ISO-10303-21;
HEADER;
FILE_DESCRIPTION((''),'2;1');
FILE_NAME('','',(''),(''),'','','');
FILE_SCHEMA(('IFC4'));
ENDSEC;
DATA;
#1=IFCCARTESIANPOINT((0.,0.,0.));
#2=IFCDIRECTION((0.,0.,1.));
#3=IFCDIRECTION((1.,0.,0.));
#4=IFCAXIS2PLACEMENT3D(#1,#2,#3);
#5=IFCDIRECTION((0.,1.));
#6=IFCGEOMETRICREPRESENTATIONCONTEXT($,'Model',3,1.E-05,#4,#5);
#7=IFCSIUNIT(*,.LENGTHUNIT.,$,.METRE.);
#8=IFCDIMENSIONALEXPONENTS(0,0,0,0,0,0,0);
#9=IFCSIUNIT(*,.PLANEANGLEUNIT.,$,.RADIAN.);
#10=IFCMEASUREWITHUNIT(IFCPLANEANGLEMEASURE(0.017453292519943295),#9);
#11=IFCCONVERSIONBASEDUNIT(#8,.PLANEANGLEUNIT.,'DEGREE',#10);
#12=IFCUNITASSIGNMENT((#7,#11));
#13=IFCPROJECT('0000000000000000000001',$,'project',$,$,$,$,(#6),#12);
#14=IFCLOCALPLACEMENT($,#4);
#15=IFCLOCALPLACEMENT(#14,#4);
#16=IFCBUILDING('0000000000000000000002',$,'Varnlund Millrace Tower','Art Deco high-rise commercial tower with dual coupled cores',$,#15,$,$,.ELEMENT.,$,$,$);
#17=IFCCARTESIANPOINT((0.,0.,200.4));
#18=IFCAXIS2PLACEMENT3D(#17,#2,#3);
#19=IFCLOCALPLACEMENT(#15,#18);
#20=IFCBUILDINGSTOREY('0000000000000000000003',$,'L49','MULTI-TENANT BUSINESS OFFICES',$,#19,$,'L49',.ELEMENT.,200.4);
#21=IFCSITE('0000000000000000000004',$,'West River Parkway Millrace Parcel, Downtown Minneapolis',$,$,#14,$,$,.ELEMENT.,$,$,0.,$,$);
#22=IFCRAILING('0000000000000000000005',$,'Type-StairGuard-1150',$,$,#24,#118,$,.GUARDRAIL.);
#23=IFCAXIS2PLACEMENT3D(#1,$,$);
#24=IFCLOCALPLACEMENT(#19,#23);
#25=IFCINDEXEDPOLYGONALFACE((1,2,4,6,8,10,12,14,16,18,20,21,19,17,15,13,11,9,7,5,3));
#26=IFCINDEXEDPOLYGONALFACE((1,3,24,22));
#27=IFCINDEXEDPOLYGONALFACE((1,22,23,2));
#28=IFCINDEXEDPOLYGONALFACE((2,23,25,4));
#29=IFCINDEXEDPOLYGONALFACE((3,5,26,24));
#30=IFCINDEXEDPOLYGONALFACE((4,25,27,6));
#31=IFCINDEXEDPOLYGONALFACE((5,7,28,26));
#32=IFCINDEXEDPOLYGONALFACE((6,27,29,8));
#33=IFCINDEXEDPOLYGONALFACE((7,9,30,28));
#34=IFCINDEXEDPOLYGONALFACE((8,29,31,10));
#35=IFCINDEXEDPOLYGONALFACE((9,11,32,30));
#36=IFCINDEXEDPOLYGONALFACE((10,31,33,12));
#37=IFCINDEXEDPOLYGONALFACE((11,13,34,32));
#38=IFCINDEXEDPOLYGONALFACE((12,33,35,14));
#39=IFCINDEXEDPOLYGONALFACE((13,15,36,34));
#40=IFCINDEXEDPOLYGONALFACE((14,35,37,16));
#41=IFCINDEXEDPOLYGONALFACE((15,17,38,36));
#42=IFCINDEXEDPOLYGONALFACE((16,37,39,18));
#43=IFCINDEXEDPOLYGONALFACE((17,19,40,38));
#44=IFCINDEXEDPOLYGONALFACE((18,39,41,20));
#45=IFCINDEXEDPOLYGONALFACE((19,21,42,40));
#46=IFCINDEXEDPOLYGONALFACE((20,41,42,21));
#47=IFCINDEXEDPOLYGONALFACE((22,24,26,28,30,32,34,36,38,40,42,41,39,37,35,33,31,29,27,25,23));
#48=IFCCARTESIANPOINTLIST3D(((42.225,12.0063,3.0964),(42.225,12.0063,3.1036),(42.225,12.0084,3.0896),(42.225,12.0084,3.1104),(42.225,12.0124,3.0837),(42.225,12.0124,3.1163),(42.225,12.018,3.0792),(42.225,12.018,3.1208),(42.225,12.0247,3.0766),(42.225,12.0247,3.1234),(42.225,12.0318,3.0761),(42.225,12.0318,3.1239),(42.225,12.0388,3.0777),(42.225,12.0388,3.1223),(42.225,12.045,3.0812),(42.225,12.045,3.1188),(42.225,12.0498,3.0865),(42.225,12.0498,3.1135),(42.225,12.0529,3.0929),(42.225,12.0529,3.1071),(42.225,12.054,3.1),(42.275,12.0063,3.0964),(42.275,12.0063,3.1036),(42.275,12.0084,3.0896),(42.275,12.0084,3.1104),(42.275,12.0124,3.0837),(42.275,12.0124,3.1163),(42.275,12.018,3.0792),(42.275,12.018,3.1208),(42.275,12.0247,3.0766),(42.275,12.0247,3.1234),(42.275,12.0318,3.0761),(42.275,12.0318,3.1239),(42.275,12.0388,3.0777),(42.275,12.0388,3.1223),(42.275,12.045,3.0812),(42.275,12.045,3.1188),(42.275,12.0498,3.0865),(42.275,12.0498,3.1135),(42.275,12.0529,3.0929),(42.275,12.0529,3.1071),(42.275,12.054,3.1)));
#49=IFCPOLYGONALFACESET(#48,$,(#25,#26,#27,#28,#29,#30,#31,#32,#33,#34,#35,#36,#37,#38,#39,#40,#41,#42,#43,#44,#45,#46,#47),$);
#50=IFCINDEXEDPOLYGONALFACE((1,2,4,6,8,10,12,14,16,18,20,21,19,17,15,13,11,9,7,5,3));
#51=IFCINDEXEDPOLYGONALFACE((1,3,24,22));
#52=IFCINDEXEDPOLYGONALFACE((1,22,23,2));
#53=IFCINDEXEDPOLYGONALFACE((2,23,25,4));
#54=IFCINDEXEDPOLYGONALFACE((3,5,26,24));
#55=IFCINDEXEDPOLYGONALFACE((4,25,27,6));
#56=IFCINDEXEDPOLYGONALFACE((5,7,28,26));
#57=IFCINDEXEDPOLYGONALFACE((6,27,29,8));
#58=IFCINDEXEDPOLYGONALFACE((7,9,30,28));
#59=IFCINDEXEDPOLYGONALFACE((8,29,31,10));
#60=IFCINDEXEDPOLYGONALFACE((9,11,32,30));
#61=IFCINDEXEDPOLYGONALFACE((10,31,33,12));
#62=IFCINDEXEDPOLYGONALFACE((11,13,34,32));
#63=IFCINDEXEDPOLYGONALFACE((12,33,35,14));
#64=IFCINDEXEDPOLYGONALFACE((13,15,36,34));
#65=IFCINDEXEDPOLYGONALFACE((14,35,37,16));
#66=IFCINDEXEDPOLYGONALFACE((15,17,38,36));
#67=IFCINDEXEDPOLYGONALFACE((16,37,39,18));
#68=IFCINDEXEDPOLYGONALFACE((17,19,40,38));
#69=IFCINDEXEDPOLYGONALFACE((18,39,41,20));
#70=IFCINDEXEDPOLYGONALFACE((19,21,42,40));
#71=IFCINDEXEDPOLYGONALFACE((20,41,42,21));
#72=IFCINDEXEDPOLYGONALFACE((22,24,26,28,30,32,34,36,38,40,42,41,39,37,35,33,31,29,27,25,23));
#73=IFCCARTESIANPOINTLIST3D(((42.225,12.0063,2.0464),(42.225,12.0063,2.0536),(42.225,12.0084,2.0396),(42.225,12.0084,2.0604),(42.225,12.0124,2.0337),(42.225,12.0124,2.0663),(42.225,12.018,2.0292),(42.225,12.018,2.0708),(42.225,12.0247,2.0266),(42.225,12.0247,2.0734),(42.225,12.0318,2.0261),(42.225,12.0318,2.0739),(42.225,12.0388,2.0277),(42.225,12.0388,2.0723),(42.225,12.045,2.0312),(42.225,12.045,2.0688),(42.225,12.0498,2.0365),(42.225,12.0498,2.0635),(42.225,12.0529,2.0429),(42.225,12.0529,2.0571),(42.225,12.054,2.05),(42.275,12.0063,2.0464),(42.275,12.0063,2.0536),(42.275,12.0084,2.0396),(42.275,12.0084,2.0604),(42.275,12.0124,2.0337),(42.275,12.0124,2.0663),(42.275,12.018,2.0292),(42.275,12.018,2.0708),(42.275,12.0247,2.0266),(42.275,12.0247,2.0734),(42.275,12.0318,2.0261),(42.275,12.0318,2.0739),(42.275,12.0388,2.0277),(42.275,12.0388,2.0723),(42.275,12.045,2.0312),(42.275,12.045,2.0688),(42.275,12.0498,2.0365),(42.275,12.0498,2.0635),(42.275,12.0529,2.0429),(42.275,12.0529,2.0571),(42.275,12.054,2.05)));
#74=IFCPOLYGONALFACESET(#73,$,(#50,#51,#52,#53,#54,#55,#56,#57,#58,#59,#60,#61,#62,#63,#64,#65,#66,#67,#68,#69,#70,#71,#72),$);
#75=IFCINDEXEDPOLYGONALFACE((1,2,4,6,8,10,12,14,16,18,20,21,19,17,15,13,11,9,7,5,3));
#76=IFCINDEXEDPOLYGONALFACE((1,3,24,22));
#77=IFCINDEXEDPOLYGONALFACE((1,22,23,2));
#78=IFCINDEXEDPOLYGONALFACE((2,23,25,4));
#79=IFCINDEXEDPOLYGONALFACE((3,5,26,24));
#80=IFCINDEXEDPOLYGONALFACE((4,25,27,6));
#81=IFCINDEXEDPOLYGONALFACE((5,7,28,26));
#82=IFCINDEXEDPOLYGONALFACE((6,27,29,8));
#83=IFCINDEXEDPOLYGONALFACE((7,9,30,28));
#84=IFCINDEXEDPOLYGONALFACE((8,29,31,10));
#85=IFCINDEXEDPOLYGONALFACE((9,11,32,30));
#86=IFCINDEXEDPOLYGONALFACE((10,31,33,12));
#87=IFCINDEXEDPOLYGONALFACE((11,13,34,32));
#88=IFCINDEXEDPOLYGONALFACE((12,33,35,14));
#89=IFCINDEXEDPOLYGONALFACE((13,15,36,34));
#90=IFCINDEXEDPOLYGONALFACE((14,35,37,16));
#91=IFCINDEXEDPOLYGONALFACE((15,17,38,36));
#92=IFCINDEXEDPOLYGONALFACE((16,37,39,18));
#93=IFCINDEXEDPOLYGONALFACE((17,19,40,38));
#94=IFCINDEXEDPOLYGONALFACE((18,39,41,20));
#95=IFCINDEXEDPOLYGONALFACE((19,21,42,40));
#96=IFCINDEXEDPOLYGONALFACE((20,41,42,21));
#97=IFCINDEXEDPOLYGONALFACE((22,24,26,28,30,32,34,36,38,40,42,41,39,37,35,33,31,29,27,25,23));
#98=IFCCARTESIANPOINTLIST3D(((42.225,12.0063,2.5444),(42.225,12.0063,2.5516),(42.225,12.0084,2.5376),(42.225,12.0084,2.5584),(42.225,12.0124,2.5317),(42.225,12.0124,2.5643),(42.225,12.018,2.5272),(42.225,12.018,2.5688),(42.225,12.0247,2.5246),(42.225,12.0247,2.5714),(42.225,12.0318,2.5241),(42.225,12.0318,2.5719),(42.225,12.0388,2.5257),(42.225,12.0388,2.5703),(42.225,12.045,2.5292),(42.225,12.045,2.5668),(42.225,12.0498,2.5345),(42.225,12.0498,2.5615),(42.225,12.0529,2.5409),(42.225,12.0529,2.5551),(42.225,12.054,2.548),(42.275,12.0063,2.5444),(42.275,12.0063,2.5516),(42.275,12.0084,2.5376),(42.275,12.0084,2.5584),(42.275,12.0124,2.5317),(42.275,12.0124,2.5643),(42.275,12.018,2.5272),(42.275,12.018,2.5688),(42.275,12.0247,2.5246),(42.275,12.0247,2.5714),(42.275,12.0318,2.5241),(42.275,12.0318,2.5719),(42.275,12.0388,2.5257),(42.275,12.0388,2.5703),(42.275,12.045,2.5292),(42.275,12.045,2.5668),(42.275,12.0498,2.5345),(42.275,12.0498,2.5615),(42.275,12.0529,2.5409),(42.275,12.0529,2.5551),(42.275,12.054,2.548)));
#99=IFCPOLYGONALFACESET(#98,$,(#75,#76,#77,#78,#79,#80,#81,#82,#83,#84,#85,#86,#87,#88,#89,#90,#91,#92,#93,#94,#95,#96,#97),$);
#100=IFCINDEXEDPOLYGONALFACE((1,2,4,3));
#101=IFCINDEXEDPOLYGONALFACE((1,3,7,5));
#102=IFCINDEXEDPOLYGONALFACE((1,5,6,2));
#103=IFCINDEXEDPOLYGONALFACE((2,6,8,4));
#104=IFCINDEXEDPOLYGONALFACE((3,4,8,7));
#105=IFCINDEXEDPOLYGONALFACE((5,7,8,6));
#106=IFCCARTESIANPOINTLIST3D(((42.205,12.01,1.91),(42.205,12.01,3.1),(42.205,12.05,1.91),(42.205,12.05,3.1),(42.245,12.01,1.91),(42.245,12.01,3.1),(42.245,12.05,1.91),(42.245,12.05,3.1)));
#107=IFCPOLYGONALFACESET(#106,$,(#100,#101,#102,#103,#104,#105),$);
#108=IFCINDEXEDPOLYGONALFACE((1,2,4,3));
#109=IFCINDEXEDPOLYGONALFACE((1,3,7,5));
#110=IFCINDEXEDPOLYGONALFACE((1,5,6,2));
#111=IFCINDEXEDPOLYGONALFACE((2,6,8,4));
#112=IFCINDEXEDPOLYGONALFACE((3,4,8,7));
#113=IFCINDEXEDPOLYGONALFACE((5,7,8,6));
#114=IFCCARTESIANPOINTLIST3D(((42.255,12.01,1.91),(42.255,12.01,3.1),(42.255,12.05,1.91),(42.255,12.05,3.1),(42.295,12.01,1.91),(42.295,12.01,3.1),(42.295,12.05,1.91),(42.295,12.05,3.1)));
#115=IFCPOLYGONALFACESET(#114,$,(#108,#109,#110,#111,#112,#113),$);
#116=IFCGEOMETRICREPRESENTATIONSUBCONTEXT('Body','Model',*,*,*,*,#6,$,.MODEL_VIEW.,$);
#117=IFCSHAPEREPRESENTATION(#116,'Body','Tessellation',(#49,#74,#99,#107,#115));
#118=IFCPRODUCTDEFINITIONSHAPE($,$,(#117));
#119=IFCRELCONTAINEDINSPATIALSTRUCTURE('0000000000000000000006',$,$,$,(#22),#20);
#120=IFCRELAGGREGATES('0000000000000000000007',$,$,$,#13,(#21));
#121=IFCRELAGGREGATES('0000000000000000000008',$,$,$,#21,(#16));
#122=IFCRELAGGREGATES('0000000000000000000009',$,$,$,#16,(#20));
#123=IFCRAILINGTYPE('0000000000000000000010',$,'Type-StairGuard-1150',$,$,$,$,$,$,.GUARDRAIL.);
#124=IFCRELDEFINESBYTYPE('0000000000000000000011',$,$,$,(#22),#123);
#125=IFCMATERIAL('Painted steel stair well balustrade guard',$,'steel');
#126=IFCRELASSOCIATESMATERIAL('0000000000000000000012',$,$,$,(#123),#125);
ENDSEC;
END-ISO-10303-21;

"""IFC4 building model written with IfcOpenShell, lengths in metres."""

from ifc_helpers import new_model, entity, si_unit, converted_unit, direction, frame, origin_with_axes, origin_2d_with_axis, place, context, subcontext, project, spatial, rectangle, circle, extrude, material, type_object, element, save


model = new_model("IFC4")

# Units and contexts
model_context = context("Model", 3, precision=1e-05, world=origin_with_axes(), true_north=direction((0.0, 1.0)))
body_context = subcontext(model_context, "Body", "Model", "MODEL_VIEW")
ifc_project = project(units=[si_unit("LENGTHUNIT", "METRE"), converted_unit("PLANEANGLEUNIT", "DEGREE", entity("IfcPlaneAngleMeasure", 0.017453292519943295), si_unit("PLANEANGLEUNIT", "RADIAN"), dimensions=[0, 0, 0, 0, 0, 0, 0])], contexts=[model_context])

# Site, building, storey
site_placement = place(None, origin_with_axes())
site = spatial("IfcSite", under=ifc_project, at=site_placement, Name="West River Parkway Millrace Parcel, Downtown Minneapolis", CompositionType="ELEMENT", RefElevation=0.0)
building_placement = place(site_placement, origin_with_axes())
building = spatial("IfcBuilding", under=site, at=building_placement, Name="Varnlund Millrace Tower", Description="Art Deco high-rise commercial tower with dual coupled cores", CompositionType="ELEMENT")
storey_placement = place(building_placement, frame((0.0, 0.0, 200.4), z_axis=(0.0, 0.0, 1.0), x_axis=(1.0, 0.0, 0.0)))
storey = spatial("IfcBuildingStorey", under=building, at=storey_placement, Name="L49", Description="MULTI-TENANT BUSINESS OFFICES", LongName="L49", CompositionType="ELEMENT", Elevation=200.4)

# Railing
ifc_material_1 = material(Name="Painted steel stair well balustrade guard", Category="steel")
railing_type_1 = type_object("IfcRailingType", Name="Type-StairGuard-1150", PredefinedType="GUARDRAIL", material=ifc_material_1)
railing_1_placement = place(storey_placement, frame((0.0, 0.0, -200.4), z_axis=(0.0, 0.0, 1.0), x_axis=(1.0, 0.0, 0.0)))
element("IfcRailing", 1, at=railing_1_placement, inside=storey, type_object=railing_type_1, Name="Type-StairGuard-1150", PredefinedType="GUARDRAIL", context=body_context, shape_type="SweptSolid", body=[
    extrude(circle(Radius=0.024, at=origin_2d_with_axis()), frame((42.225, 12.03, 203.5), z_axis=(1.0, 0.0, 0.0), x_axis=(0.0, 1.0, 0.0)), (0.0, 0.0, 1.0), 0.05),
    extrude(circle(Radius=0.024, at=origin_2d_with_axis()), frame((42.225, 12.03, 202.45), z_axis=(1.0, 0.0, 0.0), x_axis=(0.0, 1.0, 0.0)), (0.0, 0.0, 1.0), 0.05),
    extrude(circle(Radius=0.024, at=origin_2d_with_axis()), frame((42.225, 12.03, 202.948), z_axis=(1.0, 0.0, 0.0), x_axis=(0.0, 1.0, 0.0)), (0.0, 0.0, 1.0), 0.05),
    extrude(rectangle(XDim=0.04, YDim=0.04, at=origin_2d_with_axis()), frame((42.225, 12.03, 202.31), z_axis=(0.0, 0.0, 1.0), x_axis=(1.0, 0.0, 0.0)), (0.0, 0.0, 1.0), 1.19),
    extrude(rectangle(XDim=0.04, YDim=0.04, at=origin_2d_with_axis()), frame((42.275, 12.03, 202.31), z_axis=(0.0, 0.0, 1.0), x_axis=(1.0, 0.0, 0.0)), (0.0, 0.0, 1.0), 1.19),
])

save(model, "model.ifc")
